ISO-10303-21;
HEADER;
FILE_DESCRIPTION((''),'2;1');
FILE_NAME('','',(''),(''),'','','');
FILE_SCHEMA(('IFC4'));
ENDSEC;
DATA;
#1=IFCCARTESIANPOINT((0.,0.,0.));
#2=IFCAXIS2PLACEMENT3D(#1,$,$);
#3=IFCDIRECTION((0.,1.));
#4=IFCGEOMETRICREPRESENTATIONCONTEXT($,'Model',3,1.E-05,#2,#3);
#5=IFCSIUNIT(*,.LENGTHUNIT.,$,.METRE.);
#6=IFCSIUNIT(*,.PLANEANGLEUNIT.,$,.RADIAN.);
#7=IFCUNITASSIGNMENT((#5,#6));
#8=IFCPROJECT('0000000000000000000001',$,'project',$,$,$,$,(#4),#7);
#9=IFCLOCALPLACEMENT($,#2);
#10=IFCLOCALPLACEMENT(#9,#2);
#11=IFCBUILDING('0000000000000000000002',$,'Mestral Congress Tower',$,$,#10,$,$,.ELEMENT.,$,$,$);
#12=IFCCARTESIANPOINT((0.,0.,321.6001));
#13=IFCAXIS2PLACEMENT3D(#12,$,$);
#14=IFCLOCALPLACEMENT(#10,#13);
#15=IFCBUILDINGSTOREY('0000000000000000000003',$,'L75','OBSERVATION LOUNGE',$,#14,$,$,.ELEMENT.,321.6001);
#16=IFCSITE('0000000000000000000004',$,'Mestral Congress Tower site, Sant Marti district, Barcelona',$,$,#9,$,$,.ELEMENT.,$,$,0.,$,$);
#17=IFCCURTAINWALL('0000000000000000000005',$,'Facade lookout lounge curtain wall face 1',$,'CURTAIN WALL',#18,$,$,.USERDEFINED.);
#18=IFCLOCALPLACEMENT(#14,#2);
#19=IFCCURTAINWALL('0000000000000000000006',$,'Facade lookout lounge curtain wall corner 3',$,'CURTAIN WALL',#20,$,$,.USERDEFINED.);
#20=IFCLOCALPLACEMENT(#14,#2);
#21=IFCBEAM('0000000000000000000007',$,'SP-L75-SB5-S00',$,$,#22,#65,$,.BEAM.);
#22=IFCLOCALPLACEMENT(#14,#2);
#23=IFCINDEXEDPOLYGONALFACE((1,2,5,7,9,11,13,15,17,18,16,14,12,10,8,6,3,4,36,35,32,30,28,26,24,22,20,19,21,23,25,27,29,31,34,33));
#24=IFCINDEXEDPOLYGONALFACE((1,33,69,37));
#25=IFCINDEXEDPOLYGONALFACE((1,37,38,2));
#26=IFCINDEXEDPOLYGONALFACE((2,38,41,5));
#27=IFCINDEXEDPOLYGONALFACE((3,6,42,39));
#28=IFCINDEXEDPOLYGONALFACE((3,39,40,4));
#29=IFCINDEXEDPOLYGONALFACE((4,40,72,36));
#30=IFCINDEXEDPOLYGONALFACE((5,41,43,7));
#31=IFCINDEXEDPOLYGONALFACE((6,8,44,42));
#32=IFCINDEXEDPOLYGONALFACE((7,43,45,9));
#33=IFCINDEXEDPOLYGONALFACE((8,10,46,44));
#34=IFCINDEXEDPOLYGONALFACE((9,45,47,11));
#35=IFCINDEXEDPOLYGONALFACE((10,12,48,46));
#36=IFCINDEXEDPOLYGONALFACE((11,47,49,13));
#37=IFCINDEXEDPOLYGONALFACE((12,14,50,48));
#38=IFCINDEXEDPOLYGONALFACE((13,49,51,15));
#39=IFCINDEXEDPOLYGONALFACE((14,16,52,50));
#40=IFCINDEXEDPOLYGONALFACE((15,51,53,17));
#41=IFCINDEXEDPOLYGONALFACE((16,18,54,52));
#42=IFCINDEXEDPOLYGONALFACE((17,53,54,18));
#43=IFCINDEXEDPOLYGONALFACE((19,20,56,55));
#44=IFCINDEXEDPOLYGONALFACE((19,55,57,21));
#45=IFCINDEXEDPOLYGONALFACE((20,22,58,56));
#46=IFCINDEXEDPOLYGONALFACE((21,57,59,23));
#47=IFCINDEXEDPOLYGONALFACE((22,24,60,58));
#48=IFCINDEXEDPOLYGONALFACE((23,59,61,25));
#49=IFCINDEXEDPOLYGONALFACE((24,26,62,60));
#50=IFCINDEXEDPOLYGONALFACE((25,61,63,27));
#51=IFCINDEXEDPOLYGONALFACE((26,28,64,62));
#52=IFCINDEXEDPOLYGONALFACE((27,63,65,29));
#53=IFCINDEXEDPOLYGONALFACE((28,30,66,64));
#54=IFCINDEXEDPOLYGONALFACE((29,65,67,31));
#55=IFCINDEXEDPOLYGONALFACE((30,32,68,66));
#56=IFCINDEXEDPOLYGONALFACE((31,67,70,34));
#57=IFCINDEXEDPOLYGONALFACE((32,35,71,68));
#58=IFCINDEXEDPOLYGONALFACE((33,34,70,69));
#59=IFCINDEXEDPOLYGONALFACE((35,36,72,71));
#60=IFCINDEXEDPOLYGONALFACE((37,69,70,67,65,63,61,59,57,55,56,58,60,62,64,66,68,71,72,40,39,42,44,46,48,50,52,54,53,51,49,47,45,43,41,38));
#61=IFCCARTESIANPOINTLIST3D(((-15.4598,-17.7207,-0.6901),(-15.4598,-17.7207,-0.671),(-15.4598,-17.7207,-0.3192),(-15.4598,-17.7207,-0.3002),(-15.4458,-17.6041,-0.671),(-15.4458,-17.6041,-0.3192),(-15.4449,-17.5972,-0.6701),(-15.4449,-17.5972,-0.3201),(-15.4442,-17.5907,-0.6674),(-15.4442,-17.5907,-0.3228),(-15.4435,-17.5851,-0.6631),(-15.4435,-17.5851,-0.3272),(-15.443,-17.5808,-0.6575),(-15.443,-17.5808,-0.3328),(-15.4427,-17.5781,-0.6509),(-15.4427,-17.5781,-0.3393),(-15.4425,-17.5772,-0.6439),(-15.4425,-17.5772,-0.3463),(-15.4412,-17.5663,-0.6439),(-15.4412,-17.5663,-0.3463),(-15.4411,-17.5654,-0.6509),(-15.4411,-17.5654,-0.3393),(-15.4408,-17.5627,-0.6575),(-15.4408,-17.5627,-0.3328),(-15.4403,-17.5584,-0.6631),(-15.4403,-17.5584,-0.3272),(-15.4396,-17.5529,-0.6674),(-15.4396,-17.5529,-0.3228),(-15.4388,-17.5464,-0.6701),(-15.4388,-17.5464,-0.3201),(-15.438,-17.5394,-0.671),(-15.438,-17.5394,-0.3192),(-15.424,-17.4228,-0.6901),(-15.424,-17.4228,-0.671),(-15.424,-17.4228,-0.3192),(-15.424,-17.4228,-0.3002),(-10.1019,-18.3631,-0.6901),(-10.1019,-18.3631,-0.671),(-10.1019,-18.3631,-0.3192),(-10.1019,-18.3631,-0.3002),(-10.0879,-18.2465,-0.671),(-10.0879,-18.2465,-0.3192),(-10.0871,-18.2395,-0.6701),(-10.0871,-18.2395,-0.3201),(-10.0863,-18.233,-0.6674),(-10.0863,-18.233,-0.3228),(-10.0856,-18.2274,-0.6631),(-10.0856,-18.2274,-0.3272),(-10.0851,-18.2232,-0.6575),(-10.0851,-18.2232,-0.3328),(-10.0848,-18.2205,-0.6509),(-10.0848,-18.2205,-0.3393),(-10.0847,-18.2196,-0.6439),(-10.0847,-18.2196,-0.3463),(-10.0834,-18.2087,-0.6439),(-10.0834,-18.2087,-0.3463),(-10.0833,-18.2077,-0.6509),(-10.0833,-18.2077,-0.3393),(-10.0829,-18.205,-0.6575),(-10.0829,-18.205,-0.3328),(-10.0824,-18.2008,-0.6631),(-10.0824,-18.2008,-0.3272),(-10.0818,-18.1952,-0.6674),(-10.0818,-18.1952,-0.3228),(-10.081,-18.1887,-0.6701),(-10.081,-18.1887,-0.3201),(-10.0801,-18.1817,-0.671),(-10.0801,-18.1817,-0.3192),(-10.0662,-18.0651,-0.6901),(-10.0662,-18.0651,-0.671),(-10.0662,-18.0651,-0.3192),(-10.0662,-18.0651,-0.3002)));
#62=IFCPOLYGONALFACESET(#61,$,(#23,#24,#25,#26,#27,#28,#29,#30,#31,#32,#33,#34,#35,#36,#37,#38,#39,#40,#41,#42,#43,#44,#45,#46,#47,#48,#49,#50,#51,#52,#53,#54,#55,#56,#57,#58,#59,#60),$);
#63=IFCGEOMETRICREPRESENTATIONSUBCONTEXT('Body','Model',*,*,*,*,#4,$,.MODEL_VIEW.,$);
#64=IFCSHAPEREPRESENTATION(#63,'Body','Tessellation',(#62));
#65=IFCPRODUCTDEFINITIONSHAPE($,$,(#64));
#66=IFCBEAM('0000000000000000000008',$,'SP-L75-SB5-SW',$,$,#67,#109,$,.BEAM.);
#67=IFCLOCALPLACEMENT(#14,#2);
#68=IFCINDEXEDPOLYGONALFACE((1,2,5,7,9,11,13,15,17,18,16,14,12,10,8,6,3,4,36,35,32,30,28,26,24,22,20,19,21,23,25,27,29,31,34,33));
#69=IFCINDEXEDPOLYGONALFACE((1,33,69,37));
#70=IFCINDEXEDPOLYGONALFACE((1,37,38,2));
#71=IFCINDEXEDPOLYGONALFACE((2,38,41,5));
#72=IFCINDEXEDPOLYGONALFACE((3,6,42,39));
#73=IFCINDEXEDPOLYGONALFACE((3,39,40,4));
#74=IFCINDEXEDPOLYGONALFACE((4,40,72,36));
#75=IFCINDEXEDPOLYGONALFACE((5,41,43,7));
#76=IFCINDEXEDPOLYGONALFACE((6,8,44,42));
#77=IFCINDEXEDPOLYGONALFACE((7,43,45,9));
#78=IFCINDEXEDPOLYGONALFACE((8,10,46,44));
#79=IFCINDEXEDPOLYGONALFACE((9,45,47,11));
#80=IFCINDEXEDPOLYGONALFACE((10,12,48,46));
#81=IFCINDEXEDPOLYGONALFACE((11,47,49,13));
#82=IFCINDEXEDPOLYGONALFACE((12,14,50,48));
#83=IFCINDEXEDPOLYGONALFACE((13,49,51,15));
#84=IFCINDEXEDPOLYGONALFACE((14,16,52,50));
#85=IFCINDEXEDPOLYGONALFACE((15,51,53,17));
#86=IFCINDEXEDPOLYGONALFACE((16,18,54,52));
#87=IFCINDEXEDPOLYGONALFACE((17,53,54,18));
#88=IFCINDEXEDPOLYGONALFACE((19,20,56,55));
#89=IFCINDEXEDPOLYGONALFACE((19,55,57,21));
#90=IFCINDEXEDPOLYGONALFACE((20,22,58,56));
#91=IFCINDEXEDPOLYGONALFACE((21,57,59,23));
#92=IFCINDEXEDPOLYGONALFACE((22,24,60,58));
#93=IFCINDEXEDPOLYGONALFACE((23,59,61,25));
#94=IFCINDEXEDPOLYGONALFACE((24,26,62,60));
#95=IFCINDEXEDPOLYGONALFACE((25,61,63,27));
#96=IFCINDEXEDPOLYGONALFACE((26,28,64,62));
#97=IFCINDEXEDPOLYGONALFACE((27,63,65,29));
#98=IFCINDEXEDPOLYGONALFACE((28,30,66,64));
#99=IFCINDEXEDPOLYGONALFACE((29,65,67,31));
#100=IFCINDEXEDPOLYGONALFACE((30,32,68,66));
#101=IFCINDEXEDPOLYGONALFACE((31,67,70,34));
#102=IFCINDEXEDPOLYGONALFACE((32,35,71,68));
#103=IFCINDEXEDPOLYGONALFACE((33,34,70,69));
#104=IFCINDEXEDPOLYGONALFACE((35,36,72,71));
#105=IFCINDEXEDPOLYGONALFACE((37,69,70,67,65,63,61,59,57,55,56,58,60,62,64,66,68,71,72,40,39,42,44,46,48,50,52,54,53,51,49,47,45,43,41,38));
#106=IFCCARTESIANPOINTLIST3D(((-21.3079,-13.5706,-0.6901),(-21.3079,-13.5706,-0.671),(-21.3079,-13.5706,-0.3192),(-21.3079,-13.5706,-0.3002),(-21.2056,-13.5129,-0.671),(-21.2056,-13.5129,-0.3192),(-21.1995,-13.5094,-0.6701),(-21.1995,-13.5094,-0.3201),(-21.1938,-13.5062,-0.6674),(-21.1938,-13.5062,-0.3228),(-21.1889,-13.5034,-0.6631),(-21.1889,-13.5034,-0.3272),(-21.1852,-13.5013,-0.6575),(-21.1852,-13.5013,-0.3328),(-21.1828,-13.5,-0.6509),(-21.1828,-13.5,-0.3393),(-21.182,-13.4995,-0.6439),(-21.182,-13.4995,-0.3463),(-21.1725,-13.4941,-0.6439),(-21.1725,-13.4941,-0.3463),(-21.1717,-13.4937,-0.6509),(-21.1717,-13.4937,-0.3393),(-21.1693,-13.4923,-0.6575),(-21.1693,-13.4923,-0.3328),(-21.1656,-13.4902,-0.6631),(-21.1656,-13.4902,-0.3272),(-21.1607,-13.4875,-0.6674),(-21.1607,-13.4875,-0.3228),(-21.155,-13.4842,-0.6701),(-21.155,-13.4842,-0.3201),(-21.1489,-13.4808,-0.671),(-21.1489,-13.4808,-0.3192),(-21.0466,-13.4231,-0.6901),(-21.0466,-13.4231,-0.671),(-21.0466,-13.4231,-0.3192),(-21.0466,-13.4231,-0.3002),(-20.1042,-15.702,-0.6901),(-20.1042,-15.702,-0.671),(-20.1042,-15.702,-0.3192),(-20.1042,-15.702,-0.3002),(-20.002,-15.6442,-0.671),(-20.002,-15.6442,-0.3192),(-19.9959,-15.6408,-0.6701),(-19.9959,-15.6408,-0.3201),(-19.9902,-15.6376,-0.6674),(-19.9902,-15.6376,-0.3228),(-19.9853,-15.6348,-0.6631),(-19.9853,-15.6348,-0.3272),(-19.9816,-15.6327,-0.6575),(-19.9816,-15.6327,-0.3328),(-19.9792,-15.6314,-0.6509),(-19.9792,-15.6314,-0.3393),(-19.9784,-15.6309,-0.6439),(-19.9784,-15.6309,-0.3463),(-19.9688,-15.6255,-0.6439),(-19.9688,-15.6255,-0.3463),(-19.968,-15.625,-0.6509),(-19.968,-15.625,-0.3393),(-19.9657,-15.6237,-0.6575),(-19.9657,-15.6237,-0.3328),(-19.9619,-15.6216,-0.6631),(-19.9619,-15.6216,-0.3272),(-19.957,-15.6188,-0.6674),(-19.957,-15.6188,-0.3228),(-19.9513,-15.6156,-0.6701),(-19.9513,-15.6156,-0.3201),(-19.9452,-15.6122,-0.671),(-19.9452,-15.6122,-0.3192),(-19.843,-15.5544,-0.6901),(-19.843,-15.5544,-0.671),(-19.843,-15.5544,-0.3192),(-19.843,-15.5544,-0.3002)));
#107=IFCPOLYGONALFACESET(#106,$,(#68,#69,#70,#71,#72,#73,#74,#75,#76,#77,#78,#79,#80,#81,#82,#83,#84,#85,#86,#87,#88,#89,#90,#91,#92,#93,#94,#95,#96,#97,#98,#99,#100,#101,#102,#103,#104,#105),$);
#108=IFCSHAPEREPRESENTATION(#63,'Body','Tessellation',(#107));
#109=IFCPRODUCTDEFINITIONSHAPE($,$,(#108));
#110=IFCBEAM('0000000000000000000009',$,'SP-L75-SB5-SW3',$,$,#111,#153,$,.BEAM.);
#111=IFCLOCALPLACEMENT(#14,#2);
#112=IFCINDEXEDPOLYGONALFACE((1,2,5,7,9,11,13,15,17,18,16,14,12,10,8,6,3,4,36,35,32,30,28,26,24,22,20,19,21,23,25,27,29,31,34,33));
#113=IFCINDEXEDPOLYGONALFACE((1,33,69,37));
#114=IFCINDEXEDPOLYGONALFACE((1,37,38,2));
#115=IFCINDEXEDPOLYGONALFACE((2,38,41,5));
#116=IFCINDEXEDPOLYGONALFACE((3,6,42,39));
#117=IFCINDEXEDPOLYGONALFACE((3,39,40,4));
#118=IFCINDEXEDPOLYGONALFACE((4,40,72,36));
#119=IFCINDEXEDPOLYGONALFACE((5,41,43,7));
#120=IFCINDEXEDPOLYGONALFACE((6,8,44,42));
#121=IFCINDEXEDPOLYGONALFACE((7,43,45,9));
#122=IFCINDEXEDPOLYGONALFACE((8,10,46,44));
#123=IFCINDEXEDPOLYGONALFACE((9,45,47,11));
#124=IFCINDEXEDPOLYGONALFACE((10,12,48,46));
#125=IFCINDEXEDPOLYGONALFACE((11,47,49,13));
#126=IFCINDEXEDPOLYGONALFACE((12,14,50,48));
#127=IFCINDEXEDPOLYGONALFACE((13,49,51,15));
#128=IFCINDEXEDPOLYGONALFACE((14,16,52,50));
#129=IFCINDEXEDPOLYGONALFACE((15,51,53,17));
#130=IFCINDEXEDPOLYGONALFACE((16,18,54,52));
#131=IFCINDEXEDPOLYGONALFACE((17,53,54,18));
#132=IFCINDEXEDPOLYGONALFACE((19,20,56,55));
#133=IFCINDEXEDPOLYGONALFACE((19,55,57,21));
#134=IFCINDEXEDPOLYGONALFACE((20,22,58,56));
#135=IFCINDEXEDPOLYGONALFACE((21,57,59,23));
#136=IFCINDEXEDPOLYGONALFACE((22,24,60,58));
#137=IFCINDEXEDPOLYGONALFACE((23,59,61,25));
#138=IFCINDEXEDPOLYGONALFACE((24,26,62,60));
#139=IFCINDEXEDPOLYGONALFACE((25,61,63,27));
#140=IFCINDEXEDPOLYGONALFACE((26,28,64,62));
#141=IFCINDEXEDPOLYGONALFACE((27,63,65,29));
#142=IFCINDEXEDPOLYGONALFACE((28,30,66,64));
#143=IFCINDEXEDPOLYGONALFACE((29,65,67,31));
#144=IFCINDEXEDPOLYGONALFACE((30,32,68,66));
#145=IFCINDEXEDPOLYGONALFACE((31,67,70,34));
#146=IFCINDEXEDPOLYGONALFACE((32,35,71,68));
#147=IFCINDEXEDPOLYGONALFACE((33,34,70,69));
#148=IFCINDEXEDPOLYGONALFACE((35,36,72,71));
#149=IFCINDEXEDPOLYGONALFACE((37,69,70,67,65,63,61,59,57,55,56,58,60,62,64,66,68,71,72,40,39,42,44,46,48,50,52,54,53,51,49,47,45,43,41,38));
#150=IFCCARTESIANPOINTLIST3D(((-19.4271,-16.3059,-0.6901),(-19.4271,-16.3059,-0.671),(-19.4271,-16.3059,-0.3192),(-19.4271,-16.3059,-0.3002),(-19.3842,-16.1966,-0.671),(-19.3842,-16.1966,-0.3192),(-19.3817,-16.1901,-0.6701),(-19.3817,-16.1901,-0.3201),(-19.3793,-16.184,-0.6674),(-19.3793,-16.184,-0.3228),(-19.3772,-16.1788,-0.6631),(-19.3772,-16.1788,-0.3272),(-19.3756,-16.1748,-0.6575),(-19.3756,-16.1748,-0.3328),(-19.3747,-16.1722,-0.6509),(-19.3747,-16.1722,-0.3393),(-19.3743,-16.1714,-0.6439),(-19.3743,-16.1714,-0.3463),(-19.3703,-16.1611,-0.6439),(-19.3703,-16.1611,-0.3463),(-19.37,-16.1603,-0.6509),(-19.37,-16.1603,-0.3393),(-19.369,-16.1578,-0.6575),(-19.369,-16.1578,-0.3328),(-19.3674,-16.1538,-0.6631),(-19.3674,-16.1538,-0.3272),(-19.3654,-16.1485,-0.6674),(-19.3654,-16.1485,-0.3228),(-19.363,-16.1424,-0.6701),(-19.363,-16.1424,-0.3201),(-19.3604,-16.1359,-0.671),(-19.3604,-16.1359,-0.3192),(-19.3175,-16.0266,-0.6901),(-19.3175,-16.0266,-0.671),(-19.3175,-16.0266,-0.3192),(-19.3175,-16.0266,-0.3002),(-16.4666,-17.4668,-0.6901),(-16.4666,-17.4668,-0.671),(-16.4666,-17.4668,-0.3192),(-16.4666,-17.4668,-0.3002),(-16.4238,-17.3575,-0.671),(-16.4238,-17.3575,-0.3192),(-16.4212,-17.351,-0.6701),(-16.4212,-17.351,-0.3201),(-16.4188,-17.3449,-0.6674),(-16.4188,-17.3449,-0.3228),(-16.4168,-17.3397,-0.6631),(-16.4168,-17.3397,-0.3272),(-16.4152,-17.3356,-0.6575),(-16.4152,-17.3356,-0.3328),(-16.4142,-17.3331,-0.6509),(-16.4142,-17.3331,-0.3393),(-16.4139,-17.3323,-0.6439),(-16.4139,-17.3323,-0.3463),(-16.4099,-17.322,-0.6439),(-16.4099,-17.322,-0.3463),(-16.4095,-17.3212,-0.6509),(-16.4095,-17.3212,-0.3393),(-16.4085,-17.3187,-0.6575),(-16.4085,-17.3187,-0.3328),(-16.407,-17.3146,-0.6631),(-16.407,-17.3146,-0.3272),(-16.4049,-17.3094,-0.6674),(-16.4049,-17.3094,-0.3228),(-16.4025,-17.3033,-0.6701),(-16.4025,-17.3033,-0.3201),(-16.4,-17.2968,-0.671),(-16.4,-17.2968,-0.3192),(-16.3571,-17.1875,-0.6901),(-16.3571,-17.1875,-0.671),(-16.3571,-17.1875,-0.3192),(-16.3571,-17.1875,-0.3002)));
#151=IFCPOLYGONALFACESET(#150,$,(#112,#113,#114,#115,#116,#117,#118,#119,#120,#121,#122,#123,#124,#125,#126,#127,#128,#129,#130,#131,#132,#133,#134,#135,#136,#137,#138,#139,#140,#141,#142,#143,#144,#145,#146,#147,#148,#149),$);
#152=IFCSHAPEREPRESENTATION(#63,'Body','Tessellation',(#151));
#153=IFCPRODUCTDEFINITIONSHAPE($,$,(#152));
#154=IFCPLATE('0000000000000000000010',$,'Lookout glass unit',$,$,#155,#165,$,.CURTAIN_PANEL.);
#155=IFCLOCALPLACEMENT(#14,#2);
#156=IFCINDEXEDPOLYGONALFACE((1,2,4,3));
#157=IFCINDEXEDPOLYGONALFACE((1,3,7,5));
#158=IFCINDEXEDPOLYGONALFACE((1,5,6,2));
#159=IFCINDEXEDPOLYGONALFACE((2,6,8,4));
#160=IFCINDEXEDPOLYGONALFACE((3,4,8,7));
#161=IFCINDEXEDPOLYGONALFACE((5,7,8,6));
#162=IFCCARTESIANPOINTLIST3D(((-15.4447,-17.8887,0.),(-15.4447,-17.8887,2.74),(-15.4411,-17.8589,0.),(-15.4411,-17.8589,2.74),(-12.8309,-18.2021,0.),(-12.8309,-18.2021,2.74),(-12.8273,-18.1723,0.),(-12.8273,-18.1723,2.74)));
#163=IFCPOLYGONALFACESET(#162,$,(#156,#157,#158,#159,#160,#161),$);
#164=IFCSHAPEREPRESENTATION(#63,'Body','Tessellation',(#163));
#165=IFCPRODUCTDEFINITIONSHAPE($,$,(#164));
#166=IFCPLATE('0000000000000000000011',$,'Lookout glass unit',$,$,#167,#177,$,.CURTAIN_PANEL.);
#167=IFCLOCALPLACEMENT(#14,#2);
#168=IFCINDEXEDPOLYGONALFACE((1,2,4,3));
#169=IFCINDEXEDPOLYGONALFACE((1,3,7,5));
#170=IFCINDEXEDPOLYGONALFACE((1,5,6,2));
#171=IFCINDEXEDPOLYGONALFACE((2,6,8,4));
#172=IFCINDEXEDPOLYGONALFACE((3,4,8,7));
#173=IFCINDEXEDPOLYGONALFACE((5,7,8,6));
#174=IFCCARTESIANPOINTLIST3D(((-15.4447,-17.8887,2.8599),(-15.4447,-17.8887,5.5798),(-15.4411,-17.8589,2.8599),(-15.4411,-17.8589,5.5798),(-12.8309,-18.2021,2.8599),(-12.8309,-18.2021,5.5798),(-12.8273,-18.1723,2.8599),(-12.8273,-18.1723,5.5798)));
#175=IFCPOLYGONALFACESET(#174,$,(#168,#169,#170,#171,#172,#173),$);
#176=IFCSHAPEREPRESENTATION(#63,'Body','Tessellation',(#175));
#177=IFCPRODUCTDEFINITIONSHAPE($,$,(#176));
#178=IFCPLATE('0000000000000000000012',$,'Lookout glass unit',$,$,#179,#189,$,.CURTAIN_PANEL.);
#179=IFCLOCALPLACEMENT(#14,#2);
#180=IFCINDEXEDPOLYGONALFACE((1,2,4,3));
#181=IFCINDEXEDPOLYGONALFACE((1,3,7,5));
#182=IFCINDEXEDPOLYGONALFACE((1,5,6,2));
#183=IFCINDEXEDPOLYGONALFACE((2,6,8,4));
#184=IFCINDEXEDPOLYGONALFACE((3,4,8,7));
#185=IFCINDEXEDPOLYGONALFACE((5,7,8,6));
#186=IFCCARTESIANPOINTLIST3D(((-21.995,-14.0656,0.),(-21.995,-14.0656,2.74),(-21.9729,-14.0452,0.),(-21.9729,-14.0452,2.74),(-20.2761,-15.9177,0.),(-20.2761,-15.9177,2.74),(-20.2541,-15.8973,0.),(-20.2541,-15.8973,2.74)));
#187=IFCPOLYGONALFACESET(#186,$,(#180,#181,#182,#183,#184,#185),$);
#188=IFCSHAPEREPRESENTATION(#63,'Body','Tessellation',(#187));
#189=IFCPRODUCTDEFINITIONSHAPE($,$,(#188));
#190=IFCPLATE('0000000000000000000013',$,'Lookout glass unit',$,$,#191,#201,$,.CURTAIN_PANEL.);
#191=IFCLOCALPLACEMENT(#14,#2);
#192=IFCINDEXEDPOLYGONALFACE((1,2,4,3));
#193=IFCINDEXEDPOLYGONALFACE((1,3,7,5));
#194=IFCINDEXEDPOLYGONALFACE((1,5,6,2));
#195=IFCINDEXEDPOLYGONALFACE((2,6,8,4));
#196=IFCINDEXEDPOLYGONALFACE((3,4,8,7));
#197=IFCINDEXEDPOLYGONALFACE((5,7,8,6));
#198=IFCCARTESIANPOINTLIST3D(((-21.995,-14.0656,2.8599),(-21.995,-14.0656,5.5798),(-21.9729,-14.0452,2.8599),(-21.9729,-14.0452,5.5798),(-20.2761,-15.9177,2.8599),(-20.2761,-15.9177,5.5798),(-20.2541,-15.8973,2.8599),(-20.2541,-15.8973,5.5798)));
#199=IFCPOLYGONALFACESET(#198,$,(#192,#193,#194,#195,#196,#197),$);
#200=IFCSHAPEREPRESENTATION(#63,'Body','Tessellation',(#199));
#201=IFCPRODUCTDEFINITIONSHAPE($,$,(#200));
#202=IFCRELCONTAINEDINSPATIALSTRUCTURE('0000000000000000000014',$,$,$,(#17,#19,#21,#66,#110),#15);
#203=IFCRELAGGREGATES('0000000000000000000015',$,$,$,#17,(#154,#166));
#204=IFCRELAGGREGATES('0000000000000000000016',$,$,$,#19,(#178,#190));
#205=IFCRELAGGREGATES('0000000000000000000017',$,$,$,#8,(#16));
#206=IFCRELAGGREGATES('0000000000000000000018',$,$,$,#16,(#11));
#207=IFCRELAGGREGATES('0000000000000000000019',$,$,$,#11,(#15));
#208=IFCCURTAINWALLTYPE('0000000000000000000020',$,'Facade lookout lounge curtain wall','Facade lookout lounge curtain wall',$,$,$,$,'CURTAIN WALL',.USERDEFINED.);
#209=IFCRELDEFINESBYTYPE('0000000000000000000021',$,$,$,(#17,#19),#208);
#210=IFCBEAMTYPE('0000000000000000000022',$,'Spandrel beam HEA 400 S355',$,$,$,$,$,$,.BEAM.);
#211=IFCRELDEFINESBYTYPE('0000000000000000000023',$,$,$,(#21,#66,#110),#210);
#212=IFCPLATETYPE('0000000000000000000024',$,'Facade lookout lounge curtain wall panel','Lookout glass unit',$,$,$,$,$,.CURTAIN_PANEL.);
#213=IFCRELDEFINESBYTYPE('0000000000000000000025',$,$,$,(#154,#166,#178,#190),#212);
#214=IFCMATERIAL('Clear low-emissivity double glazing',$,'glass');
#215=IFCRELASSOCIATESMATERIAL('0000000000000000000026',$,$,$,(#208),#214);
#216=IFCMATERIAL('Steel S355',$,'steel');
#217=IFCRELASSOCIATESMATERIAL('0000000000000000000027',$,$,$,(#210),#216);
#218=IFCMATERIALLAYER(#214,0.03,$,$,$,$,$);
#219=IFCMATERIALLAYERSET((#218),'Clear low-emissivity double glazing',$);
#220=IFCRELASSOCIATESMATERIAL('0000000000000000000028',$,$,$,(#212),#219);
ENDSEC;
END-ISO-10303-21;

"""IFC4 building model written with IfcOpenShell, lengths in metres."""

from ifc_helpers import new_model, si_unit, direction, frame, origin, origin_2d, place, context, subcontext, project, spatial, rectangle, i_section, extrude, material, layer, layer_set, material_profile, profile_set, type_object, element, aggregate, save


model = new_model("IFC4")

# Units and contexts
model_context = context("Model", 3, precision=1e-05, world=origin(), true_north=direction((0.0, 1.0)))
body_context = subcontext(model_context, "Body", "Model", "MODEL_VIEW")
ifc_project = project(units=[si_unit("LENGTHUNIT", "METRE"), si_unit("PLANEANGLEUNIT", "RADIAN")], contexts=[model_context])

# Site, building, storey
site_placement = place(None, origin())
site = spatial("IfcSite", under=ifc_project, at=site_placement, Name="Mestral Congress Tower site, Sant Marti district, Barcelona", CompositionType="ELEMENT", RefElevation=0.0)
building_placement = place(site_placement, origin())
building = spatial("IfcBuilding", under=site, at=building_placement, Name="Mestral Congress Tower", CompositionType="ELEMENT")
storey_placement = place(building_placement, frame((0.0, 0.0, 321.6001)))
storey = spatial("IfcBuildingStorey", under=building, at=storey_placement, Name="L75", Description="OBSERVATION LOUNGE", CompositionType="ELEMENT", Elevation=321.6001)

# Curtain wall
ifc_material_1 = material(Name="Clear low-emissivity double glazing", Category="glass")
curtain_wall_type = type_object("IfcCurtainWallType", Name="Facade lookout lounge curtain wall", Description="Facade lookout lounge curtain wall", ElementType="CURTAIN WALL", PredefinedType="USERDEFINED", material=ifc_material_1)
placement = place(storey_placement, origin())
curtain_wall_1 = element("IfcCurtainWall", 1, at=placement, inside=storey, type_object=curtain_wall_type, Name="Facade lookout lounge curtain wall face 1", ObjectType="CURTAIN WALL", PredefinedType="USERDEFINED")

# Curtain wall
curtain_wall_2 = element("IfcCurtainWall", 2, at=placement, inside=storey, type_object=curtain_wall_type, Name="Facade lookout lounge curtain wall corner 3", ObjectType="CURTAIN WALL", PredefinedType="USERDEFINED")

# Beams
ifc_material_2 = material(Name="Steel S355", Category="steel")
ifc_material_profile_1 = material_profile(ifc_material_2, i_section(OverallWidth=0.3, OverallDepth=0.3899, WebThickness=0.011, FlangeThickness=0.019, FilletRadius=0.0271, at=origin_2d()), Name="HEA 400")
ifc_profile_set_1 = profile_set([ifc_material_profile_1], Name="Steel S355")
beam_type_1 = type_object("IfcBeamType", Name="Spandrel beam HEA 400 S355", PredefinedType="BEAM", material=ifc_profile_set_1)
beam_1_placement = place(storey_placement, frame((-15.4419, -17.5718, -0.4951), z_axis=(0.99289, -0.119033, 0.0), x_axis=(0.119033, 0.99289, 0.0)))
element("IfcBeam", 3, at=beam_1_placement, inside=storey, type_object=beam_type_1, Name="SP-L75-SB5-S00", PredefinedType="BEAM", context=body_context, shape_type="SweptSolid", body=[
    extrude(i_section(OverallWidth=0.3, OverallDepth=0.3899, WebThickness=0.011, FlangeThickness=0.019, FilletRadius=0.0271, at=origin_2d()), origin(), (0.0, 0.0, 1.0), 5.3962),
])
beam_2_placement = place(storey_placement, frame((-21.1772, -13.4968, -0.4951), z_axis=(0.491729, -0.870749, 0.0), x_axis=(0.870749, 0.491729, 0.0)))
element("IfcBeam", 4, at=beam_2_placement, inside=storey, type_object=beam_type_1, Name="SP-L75-SB5-SW", PredefinedType="BEAM", context=body_context, shape_type="SweptSolid", body=[
    extrude(i_section(OverallWidth=0.3, OverallDepth=0.3899, WebThickness=0.011, FlangeThickness=0.019, FilletRadius=0.0271, at=origin_2d()), origin(), (0.0, 0.0, 1.0), 2.4478),
])
beam_3_placement = place(storey_placement, frame((-19.3723, -16.1663, -0.4951), z_axis=(0.930981, -0.365068, 0.0), x_axis=(0.365068, 0.930981, 0.0)))
element("IfcBeam", 5, at=beam_3_placement, inside=storey, type_object=beam_type_1, Name="SP-L75-SB5-SW3", PredefinedType="BEAM", context=body_context, shape_type="SweptSolid", body=[
    extrude(i_section(OverallWidth=0.3, OverallDepth=0.3899, WebThickness=0.011, FlangeThickness=0.019, FilletRadius=0.0271, at=origin_2d()), origin(), (0.0, 0.0, 1.0), 3.1799),
])

# Plates
ifc_layer_1 = layer(ifc_material_1, 0.03)
ifc_layer_set_1 = layer_set([ifc_layer_1], Name="Clear low-emissivity double glazing")
plate_type = type_object("IfcPlateType", Name="Facade lookout lounge curtain wall panel", Description="Lookout glass unit", PredefinedType="CURTAIN_PANEL", material=ifc_layer_set_1)
plate_1_placement = place(storey_placement, frame((-14.136, -18.0305, 0.0), z_axis=(0.0, 0.0, 1.0), x_axis=(0.992887, -0.119057, 0.0)))
plate_1 = element("IfcPlate", 6, at=plate_1_placement, type_object=plate_type, Name="Lookout glass unit", PredefinedType="CURTAIN_PANEL", context=body_context, shape_type="SweptSolid", body=[
    extrude(rectangle(XDim=2.6326, YDim=0.03, at=origin_2d()), origin(), (0.0, 0.0, 1.0), 2.74),
])
plate_2_placement = place(storey_placement, frame((-14.136, -18.0305, 2.8599), z_axis=(0.0, 0.0, 1.0), x_axis=(0.992887, -0.119057, 0.0)))
plate_2 = element("IfcPlate", 7, at=plate_2_placement, type_object=plate_type, Name="Lookout glass unit", PredefinedType="CURTAIN_PANEL", context=body_context, shape_type="SweptSolid", body=[
    extrude(rectangle(XDim=2.6326, YDim=0.03, at=origin_2d()), origin(), (0.0, 0.0, 1.0), 2.72),
])
aggregate(curtain_wall_1, [plate_1, plate_2])
plate_3_placement = place(storey_placement, frame((-21.1245, -14.9814, 0.0), z_axis=(0.0, 0.0, 1.0), x_axis=(0.680243, -0.732987, 0.0)))
plate_3 = element("IfcPlate", 8, at=plate_3_placement, type_object=plate_type, Name="Lookout glass unit", PredefinedType="CURTAIN_PANEL", context=body_context, shape_type="SweptSolid", body=[
    extrude(rectangle(XDim=2.5269, YDim=0.03, at=origin_2d()), origin(), (0.0, 0.0, 1.0), 2.74),
])
plate_4_placement = place(storey_placement, frame((-21.1245, -14.9814, 2.8599), z_axis=(0.0, 0.0, 1.0), x_axis=(0.680243, -0.732987, 0.0)))
plate_4 = element("IfcPlate", 9, at=plate_4_placement, type_object=plate_type, Name="Lookout glass unit", PredefinedType="CURTAIN_PANEL", context=body_context, shape_type="SweptSolid", body=[
    extrude(rectangle(XDim=2.5269, YDim=0.03, at=origin_2d()), origin(), (0.0, 0.0, 1.0), 2.72),
])
aggregate(curtain_wall_2, [plate_3, plate_4])

save(model, "model.ifc")
